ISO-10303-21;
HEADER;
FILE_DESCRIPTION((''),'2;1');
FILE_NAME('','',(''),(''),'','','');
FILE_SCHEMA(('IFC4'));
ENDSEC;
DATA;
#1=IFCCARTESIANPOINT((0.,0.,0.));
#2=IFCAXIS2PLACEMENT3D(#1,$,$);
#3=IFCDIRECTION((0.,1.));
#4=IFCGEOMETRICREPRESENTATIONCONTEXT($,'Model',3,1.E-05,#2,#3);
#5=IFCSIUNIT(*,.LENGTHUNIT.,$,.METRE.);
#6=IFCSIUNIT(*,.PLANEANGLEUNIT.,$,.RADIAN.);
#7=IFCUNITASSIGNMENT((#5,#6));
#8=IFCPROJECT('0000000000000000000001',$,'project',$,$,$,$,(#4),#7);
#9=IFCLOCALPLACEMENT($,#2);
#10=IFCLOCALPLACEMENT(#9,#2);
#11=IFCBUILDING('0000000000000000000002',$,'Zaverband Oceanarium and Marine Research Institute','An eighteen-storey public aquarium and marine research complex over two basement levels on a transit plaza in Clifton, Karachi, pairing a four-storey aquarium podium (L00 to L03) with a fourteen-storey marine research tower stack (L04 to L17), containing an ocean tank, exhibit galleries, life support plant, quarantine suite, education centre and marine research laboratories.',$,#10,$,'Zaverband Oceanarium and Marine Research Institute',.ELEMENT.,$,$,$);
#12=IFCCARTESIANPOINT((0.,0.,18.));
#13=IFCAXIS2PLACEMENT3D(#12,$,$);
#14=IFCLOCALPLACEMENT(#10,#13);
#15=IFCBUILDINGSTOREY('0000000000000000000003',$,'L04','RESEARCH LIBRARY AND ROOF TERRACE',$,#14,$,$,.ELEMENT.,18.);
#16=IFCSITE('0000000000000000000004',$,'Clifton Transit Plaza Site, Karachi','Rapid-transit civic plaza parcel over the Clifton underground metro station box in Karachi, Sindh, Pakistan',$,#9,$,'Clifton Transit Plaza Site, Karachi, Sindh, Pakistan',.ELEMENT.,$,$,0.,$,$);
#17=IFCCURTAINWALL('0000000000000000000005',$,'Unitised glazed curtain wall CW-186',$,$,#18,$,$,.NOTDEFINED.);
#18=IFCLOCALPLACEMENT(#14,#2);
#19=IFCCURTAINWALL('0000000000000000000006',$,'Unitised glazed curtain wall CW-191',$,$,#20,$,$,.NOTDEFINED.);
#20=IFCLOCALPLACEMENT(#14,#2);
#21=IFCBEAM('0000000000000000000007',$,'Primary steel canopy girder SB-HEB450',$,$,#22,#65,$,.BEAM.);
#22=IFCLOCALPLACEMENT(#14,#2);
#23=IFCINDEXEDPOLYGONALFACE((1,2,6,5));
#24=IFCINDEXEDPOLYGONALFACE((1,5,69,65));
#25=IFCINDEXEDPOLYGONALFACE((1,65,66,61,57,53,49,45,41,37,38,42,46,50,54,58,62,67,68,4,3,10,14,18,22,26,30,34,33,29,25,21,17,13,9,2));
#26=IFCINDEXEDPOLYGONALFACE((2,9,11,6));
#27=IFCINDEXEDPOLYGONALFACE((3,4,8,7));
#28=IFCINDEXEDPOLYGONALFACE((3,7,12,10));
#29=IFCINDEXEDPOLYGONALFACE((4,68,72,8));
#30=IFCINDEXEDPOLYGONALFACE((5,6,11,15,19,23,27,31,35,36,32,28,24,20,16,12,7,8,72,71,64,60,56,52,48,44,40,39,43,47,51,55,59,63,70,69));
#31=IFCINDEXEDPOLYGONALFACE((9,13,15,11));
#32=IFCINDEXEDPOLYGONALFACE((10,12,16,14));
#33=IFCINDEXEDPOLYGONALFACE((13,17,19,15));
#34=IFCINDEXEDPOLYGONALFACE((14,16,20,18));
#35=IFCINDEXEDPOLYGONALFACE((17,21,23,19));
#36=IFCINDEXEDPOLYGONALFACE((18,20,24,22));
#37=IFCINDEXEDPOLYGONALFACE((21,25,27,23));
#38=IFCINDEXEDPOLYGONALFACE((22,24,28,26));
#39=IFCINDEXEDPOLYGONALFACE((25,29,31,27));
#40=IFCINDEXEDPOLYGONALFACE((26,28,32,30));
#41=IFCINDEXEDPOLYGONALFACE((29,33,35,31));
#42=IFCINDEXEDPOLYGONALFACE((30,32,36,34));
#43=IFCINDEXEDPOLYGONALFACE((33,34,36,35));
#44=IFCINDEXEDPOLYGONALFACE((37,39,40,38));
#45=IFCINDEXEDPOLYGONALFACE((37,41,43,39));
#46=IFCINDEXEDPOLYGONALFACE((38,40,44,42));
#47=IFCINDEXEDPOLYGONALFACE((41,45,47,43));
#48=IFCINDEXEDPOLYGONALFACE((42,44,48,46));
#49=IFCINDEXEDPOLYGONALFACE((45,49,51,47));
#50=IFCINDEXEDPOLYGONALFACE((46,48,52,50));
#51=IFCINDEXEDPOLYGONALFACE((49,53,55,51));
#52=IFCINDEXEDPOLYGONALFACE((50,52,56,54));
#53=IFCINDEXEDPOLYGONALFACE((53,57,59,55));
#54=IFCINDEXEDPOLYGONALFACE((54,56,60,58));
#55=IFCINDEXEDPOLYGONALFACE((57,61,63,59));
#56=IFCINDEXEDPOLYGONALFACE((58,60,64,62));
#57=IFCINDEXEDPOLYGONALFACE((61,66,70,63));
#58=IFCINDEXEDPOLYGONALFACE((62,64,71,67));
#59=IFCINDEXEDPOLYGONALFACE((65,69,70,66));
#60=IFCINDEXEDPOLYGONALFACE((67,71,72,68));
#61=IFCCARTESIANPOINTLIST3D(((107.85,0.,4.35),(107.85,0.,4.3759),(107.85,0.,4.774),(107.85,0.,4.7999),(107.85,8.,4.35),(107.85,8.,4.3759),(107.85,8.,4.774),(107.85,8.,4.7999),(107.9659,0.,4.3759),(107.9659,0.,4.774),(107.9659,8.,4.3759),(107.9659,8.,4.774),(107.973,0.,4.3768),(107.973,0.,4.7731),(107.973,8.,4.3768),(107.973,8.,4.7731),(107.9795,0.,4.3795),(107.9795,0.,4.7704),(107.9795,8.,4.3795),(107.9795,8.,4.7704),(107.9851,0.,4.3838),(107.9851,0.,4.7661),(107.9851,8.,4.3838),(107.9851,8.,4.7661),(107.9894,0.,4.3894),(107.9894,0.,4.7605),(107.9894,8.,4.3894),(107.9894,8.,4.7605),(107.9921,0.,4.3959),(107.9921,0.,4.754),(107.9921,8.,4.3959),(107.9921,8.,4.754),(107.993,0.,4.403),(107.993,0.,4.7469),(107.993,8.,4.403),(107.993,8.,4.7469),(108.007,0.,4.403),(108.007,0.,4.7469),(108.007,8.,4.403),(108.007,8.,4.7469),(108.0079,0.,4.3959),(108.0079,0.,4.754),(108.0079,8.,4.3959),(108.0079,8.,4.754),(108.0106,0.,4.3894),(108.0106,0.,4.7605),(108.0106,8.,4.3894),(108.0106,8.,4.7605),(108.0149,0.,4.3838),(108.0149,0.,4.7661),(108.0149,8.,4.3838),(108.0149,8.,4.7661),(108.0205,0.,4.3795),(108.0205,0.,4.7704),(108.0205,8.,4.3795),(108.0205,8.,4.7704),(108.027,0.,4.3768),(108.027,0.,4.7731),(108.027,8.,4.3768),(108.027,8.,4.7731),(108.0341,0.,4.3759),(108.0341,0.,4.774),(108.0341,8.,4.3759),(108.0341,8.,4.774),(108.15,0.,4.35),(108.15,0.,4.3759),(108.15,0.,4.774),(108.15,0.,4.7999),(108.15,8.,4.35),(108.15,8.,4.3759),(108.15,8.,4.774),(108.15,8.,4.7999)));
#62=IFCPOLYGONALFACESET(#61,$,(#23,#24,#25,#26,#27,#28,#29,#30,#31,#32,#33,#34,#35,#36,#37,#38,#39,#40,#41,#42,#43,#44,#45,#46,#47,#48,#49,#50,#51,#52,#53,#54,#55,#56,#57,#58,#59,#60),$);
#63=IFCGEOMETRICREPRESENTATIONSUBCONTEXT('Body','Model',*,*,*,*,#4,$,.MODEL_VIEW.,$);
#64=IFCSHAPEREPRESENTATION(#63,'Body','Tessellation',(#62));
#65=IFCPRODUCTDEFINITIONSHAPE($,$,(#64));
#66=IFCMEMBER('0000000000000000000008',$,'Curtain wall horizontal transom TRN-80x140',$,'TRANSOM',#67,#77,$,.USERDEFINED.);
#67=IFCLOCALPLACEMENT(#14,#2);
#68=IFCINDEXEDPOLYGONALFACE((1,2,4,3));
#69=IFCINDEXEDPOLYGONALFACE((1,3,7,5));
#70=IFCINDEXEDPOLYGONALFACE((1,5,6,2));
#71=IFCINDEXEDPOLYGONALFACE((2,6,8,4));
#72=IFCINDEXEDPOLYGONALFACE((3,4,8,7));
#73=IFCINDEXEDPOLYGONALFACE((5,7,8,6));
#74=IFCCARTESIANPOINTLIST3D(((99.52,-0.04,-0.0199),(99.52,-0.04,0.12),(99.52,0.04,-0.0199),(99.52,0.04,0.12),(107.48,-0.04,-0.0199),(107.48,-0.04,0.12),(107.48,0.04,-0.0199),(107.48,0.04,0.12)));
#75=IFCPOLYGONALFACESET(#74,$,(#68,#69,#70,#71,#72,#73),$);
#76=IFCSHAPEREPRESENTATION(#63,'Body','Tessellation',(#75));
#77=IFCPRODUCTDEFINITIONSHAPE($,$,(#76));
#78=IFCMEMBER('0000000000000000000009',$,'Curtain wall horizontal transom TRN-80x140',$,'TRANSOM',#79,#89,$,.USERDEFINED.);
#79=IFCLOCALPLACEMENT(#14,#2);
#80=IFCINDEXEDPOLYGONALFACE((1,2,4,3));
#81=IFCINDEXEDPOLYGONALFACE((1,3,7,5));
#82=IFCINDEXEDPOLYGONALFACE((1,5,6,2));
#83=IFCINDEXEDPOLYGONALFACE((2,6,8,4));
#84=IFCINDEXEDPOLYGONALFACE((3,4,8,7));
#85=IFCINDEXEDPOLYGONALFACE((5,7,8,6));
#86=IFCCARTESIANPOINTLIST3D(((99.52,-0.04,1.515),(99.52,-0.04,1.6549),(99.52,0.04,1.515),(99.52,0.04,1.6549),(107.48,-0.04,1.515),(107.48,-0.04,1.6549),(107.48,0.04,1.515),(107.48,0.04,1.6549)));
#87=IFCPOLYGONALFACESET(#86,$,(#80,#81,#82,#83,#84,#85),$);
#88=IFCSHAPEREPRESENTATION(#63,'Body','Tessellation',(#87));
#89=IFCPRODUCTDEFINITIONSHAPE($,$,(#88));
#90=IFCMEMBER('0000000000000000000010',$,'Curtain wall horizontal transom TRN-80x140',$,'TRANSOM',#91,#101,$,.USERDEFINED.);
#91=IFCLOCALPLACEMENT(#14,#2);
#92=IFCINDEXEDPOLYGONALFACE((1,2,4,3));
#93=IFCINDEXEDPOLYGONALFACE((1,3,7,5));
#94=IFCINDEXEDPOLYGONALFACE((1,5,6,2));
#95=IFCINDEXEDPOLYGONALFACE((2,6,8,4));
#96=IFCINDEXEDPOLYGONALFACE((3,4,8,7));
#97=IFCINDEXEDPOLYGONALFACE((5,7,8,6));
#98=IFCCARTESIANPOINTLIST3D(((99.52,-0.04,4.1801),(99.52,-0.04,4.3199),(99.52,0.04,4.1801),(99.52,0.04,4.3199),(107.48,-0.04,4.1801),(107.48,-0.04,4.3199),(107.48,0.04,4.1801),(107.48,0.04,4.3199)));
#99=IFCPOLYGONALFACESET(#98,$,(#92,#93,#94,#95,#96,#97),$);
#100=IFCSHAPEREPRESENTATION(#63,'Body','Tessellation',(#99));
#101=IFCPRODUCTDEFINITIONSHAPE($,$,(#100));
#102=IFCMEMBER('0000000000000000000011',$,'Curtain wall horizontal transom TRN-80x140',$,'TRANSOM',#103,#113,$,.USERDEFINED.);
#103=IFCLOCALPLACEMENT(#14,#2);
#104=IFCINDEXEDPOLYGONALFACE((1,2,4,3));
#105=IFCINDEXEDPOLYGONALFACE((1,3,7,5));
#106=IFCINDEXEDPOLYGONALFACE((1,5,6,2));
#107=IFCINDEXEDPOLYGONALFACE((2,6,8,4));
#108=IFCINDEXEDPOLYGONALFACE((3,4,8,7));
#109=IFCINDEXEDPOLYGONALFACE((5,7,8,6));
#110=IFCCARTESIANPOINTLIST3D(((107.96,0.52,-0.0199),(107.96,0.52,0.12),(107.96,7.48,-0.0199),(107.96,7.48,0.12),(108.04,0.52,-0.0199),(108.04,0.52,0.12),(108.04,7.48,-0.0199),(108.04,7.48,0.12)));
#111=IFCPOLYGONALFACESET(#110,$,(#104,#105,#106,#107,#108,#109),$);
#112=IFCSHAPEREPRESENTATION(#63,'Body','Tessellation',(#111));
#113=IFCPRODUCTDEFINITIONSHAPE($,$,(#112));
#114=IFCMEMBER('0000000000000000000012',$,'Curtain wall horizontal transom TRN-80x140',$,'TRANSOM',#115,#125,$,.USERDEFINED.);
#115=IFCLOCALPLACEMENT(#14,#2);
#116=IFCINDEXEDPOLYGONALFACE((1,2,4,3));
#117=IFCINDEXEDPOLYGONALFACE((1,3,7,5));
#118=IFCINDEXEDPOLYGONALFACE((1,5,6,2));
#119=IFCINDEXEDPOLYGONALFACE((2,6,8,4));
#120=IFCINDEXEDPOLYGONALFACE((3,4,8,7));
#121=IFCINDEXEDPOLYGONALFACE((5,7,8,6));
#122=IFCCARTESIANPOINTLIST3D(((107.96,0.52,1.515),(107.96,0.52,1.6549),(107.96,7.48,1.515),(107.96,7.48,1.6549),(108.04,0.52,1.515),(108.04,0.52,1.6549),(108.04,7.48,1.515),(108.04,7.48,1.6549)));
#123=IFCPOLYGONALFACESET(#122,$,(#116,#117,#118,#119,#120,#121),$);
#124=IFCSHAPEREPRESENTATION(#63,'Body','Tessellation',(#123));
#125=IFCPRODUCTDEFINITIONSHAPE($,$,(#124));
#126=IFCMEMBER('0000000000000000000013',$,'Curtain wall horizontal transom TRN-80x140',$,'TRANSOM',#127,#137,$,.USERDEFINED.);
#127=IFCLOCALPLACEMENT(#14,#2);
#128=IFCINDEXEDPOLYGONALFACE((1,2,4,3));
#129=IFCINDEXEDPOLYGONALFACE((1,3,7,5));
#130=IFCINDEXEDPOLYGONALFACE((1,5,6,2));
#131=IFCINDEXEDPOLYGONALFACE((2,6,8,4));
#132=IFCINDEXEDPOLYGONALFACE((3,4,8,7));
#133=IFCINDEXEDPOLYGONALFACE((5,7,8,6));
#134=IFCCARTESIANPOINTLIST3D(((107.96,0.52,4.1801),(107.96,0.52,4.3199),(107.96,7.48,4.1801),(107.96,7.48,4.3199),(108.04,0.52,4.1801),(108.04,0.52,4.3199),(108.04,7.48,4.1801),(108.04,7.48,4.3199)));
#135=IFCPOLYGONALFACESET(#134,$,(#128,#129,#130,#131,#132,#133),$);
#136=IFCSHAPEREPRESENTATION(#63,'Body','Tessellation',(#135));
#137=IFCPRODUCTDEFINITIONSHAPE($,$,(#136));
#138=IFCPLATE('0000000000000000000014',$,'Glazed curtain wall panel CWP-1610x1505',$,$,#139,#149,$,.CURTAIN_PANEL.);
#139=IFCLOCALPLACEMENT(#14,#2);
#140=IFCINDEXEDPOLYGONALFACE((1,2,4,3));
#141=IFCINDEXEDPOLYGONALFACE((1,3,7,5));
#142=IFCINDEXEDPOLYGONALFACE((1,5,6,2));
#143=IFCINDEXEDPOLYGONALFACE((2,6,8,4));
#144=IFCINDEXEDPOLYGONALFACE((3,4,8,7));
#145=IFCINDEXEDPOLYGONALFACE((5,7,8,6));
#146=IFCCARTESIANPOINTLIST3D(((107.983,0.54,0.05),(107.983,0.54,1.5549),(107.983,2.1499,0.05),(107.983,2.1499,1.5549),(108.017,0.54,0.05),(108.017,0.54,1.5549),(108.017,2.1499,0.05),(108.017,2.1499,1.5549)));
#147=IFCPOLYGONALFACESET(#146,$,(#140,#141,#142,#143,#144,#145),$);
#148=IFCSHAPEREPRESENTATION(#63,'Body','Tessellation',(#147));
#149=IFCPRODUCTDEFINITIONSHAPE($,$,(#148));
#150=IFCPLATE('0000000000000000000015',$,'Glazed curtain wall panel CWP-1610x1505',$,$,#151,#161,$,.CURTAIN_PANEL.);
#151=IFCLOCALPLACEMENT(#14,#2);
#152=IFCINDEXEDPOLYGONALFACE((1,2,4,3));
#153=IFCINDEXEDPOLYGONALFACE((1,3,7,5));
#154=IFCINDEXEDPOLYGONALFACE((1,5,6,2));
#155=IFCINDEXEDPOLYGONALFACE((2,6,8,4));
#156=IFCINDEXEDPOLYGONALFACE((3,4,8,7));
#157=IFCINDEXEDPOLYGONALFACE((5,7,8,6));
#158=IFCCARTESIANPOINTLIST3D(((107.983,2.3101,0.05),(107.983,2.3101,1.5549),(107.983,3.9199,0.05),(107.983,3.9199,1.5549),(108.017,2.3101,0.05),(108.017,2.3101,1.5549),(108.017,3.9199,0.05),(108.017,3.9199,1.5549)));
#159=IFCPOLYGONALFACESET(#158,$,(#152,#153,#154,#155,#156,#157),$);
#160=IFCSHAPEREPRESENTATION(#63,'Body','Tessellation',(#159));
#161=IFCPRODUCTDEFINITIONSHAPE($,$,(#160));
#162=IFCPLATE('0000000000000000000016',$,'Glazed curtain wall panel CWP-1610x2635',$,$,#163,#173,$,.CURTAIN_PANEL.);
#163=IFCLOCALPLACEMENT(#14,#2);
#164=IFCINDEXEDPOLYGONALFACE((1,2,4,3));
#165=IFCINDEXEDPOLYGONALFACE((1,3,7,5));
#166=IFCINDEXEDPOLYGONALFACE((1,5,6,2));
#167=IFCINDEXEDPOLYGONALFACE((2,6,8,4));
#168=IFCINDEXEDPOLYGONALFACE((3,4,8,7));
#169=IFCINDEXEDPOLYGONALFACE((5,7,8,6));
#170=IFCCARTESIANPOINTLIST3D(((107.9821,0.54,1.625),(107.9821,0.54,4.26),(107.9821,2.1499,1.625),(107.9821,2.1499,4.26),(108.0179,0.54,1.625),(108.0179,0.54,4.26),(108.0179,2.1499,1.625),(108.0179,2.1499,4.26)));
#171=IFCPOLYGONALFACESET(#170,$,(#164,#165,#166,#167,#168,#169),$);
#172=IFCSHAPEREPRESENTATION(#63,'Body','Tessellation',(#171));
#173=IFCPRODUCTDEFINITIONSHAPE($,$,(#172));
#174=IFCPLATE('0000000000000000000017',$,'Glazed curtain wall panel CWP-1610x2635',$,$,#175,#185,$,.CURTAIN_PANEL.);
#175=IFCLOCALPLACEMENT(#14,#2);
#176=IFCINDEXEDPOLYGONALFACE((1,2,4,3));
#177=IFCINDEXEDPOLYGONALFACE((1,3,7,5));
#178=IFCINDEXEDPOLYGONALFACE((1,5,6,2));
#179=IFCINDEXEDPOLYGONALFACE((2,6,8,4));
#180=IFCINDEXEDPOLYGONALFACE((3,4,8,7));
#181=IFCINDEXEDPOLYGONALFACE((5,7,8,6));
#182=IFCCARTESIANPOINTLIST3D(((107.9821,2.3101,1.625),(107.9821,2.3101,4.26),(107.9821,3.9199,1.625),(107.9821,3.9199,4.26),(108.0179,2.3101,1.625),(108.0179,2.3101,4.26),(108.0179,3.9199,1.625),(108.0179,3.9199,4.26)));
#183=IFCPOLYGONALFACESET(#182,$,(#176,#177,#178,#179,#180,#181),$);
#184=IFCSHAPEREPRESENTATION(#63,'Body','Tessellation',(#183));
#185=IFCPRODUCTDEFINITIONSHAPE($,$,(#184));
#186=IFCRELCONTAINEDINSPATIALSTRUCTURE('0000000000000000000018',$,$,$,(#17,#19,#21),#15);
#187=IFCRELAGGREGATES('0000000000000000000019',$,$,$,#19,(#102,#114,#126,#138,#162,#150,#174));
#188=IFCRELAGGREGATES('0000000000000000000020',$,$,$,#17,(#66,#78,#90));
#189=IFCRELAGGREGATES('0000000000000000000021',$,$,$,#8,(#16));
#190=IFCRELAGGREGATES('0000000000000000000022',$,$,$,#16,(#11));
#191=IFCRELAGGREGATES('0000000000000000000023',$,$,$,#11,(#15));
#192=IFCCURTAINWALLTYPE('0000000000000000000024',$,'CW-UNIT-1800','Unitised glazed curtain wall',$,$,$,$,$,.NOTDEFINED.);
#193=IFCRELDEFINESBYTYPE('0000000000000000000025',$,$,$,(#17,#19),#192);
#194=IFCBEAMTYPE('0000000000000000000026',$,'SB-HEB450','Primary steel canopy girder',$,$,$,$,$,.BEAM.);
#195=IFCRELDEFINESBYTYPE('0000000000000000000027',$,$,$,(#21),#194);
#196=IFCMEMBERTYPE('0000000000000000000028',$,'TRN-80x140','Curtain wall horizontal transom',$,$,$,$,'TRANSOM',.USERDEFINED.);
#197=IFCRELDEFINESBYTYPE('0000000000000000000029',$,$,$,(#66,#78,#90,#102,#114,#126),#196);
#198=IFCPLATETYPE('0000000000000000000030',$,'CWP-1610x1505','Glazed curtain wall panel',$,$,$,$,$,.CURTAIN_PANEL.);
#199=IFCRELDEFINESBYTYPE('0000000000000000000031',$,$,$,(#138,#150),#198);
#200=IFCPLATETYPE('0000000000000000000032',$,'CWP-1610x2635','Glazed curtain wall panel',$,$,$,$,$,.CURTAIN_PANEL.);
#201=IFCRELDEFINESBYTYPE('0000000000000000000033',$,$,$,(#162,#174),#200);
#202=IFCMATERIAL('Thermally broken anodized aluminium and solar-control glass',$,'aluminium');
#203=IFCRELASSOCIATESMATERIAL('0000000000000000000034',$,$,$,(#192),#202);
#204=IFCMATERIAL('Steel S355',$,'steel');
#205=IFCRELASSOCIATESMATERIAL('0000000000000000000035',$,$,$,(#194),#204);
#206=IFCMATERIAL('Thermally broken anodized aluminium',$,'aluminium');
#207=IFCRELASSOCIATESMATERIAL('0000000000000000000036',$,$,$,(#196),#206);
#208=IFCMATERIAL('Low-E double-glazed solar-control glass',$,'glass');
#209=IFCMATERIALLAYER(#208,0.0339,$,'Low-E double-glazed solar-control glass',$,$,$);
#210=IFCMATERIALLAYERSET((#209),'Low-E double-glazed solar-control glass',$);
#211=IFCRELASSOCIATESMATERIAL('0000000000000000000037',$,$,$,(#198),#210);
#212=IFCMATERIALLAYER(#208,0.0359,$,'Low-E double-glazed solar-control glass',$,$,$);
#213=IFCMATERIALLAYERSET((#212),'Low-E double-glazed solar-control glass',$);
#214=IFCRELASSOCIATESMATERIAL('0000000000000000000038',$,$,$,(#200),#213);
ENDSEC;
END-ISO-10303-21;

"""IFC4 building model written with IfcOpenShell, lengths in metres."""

from ifc_helpers import new_model, si_unit, direction, frame, frame_2d, origin, origin_2d, place, context, subcontext, project, spatial, rectangle, i_section, extrude, material, layer, layer_set, material_profile, profile_set, type_object, element, aggregate, save


model = new_model("IFC4")

# Units and contexts
model_context = context("Model", 3, precision=1e-05, world=origin(), true_north=direction((0.0, 1.0)))
body_context = subcontext(model_context, "Body", "Model", "MODEL_VIEW")
ifc_project = project(units=[si_unit("LENGTHUNIT", "METRE"), si_unit("PLANEANGLEUNIT", "RADIAN")], contexts=[model_context])

# Site, building, storey
site_placement = place(None, origin())
site = spatial("IfcSite", under=ifc_project, at=site_placement, Name="Clifton Transit Plaza Site, Karachi", Description="Rapid-transit civic plaza parcel over the Clifton underground metro station box in Karachi, Sindh, Pakistan", LongName="Clifton Transit Plaza Site, Karachi, Sindh, Pakistan", CompositionType="ELEMENT", RefElevation=0.0)
building_placement = place(site_placement, origin())
building = spatial("IfcBuilding", under=site, at=building_placement, Name="Zaverband Oceanarium and Marine Research Institute", Description="An eighteen-storey public aquarium and marine research complex over two basement levels on a transit plaza in Clifton, Karachi, pairing a four-storey aquarium podium (L00 to L03) with a fourteen-storey marine research tower stack (L04 to L17), containing an ocean tank, exhibit galleries, life support plant, quarantine suite, education centre and marine research laboratories.", LongName="Zaverband Oceanarium and Marine Research Institute", CompositionType="ELEMENT")
storey_placement = place(building_placement, frame((0.0, 0.0, 18.0)))
storey = spatial("IfcBuildingStorey", under=building, at=storey_placement, Name="L04", Description="RESEARCH LIBRARY AND ROOF TERRACE", CompositionType="ELEMENT", Elevation=18.0)

# Curtain walls
ifc_material_1 = material(Name="Thermally broken anodized aluminium and solar-control glass", Category="aluminium")
curtain_wall_type = type_object("IfcCurtainWallType", Name="CW-UNIT-1800", Description="Unitised glazed curtain wall", PredefinedType="NOTDEFINED", material=ifc_material_1)
curtain_wall_1_placement = place(storey_placement, origin())
curtain_wall_1 = element("IfcCurtainWall", 1, at=curtain_wall_1_placement, inside=storey, type_object=curtain_wall_type, Name="Unitised glazed curtain wall CW-186", PredefinedType="NOTDEFINED")
ifc_material_2 = material(Name="Thermally broken anodized aluminium", Category="aluminium")
curtain_wall_2_placement = place(storey_placement, origin())
curtain_wall_2 = element("IfcCurtainWall", 2, at=curtain_wall_2_placement, inside=storey, type_object=curtain_wall_type, Name="Unitised glazed curtain wall CW-191", PredefinedType="NOTDEFINED")

# Beam
ifc_material_3 = material(Name="Steel S355", Category="steel")
ifc_material_profile_1 = material_profile(ifc_material_3, i_section(OverallWidth=0.3, OverallDepth=0.45, WebThickness=0.0139, FlangeThickness=0.0259, FilletRadius=0.0271, at=origin_2d()), Name="HEB450")
ifc_profile_set_1 = profile_set([ifc_material_profile_1], Name="Steel S355")
beam_type_1 = type_object("IfcBeamType", Name="SB-HEB450", Description="Primary steel canopy girder", PredefinedType="BEAM", material=ifc_profile_set_1)
beam_1_placement = place(storey_placement, frame((108.0, 0.0, 4.575), z_axis=(0.0, 1.0, 0.0), x_axis=(-1.0, 0.0, 0.0)))
element("IfcBeam", 3, at=beam_1_placement, inside=storey, type_object=beam_type_1, Name="Primary steel canopy girder SB-HEB450", PredefinedType="BEAM", context=body_context, shape_type="SweptSolid", body=[
    extrude(i_section(OverallWidth=0.3, OverallDepth=0.45, WebThickness=0.0139, FlangeThickness=0.0259, FilletRadius=0.0271, at=origin_2d()), origin(), (0.0, 0.0, 1.0), 8.0),
])

# Members
ifc_material_profile_2 = material_profile(ifc_material_2, rectangle(XDim=0.0801, YDim=0.1399, at=origin_2d()), Name="AL-TRN-80x140")
ifc_profile_set_2 = profile_set([ifc_material_profile_2], Name="Thermally broken anodized aluminium")
member_type_1 = type_object("IfcMemberType", Name="TRN-80x140", Description="Curtain wall horizontal transom", ElementType="TRANSOM", PredefinedType="USERDEFINED", material=ifc_profile_set_2)
member_1_placement = place(storey_placement, frame((99.52, 0.0, 0.05), z_axis=(1.0, 0.0, 0.0), x_axis=(0.0, 1.0, 0.0)))
member_1 = element("IfcMember", 4, at=member_1_placement, type_object=member_type_1, Name="Curtain wall horizontal transom TRN-80x140", ObjectType="TRANSOM", PredefinedType="USERDEFINED", context=body_context, shape_type="SweptSolid", body=[
    extrude(rectangle(XDim=0.0801, YDim=0.1399, at=origin_2d()), origin(), (0.0, 0.0, 1.0), 7.96),
])
member_2_placement = place(storey_placement, frame((99.52, 0.0, 1.585), z_axis=(1.0, 0.0, 0.0), x_axis=(0.0, 1.0, 0.0)))
member_2 = element("IfcMember", 5, at=member_2_placement, type_object=member_type_1, Name="Curtain wall horizontal transom TRN-80x140", ObjectType="TRANSOM", PredefinedType="USERDEFINED", context=body_context, shape_type="SweptSolid", body=[
    extrude(rectangle(XDim=0.0801, YDim=0.1399, at=origin_2d()), origin(), (0.0, 0.0, 1.0), 7.96),
])
member_3_placement = place(storey_placement, frame((99.52, 0.0, 4.25), z_axis=(1.0, 0.0, 0.0), x_axis=(0.0, 1.0, 0.0)))
member_3 = element("IfcMember", 6, at=member_3_placement, type_object=member_type_1, Name="Curtain wall horizontal transom TRN-80x140", ObjectType="TRANSOM", PredefinedType="USERDEFINED", context=body_context, shape_type="SweptSolid", body=[
    extrude(rectangle(XDim=0.0801, YDim=0.1399, at=origin_2d()), origin(), (0.0, 0.0, 1.0), 7.96),
])
member_4_placement = place(storey_placement, frame((108.0, 0.52, 0.05), z_axis=(0.0, 1.0, 0.0), x_axis=(-1.0, 0.0, 0.0)))
member_4 = element("IfcMember", 7, at=member_4_placement, type_object=member_type_1, Name="Curtain wall horizontal transom TRN-80x140", ObjectType="TRANSOM", PredefinedType="USERDEFINED", context=body_context, shape_type="SweptSolid", body=[
    extrude(rectangle(XDim=0.0801, YDim=0.1399, at=origin_2d()), origin(), (0.0, 0.0, 1.0), 6.96),
])
member_5_placement = place(storey_placement, frame((108.0, 0.52, 1.585), z_axis=(0.0, 1.0, 0.0), x_axis=(-1.0, 0.0, 0.0)))
member_5 = element("IfcMember", 8, at=member_5_placement, type_object=member_type_1, Name="Curtain wall horizontal transom TRN-80x140", ObjectType="TRANSOM", PredefinedType="USERDEFINED", context=body_context, shape_type="SweptSolid", body=[
    extrude(rectangle(XDim=0.0801, YDim=0.1399, at=origin_2d()), origin(), (0.0, 0.0, 1.0), 6.96),
])
member_6_placement = place(storey_placement, frame((108.0, 0.52, 4.25), z_axis=(0.0, 1.0, 0.0), x_axis=(-1.0, 0.0, 0.0)))
member_6 = element("IfcMember", 9, at=member_6_placement, type_object=member_type_1, Name="Curtain wall horizontal transom TRN-80x140", ObjectType="TRANSOM", PredefinedType="USERDEFINED", context=body_context, shape_type="SweptSolid", body=[
    extrude(rectangle(XDim=0.0801, YDim=0.1399, at=origin_2d()), origin(), (0.0, 0.0, 1.0), 6.96),
])

# Plates
ifc_material_4 = material(Name="Low-E double-glazed solar-control glass", Category="glass")
ifc_layer_1 = layer(ifc_material_4, 0.0339, Name="Low-E double-glazed solar-control glass")
ifc_layer_set_1 = layer_set([ifc_layer_1], Name="Low-E double-glazed solar-control glass")
plate_type_1 = type_object("IfcPlateType", Name="CWP-1610x1505", Description="Glazed curtain wall panel", PredefinedType="CURTAIN_PANEL", material=ifc_layer_set_1)
plate_1_placement = place(storey_placement, frame((108.0, 0.54, 0.05), z_axis=(0.0, 0.0, 1.0), x_axis=(0.0, 1.0, 0.0)))
plate_1 = element("IfcPlate", 10, at=plate_1_placement, type_object=plate_type_1, Name="Glazed curtain wall panel CWP-1610x1505", PredefinedType="CURTAIN_PANEL", context=body_context, shape_type="SweptSolid", body=[
    extrude(rectangle(XDim=1.6099, YDim=0.0339, at=frame_2d((0.8049, 0.0))), origin(), (0.0, 0.0, 1.0), 1.5049),
])
plate_2_placement = place(storey_placement, frame((108.0, 2.3101, 0.05), z_axis=(0.0, 0.0, 1.0), x_axis=(0.0, 1.0, 0.0)))
plate_2 = element("IfcPlate", 11, at=plate_2_placement, type_object=plate_type_1, Name="Glazed curtain wall panel CWP-1610x1505", PredefinedType="CURTAIN_PANEL", context=body_context, shape_type="SweptSolid", body=[
    extrude(rectangle(XDim=1.6099, YDim=0.0339, at=frame_2d((0.8049, 0.0))), origin(), (0.0, 0.0, 1.0), 1.5049),
])
ifc_layer_2 = layer(ifc_material_4, 0.0359, Name="Low-E double-glazed solar-control glass")
ifc_layer_set_2 = layer_set([ifc_layer_2], Name="Low-E double-glazed solar-control glass")
plate_type_2 = type_object("IfcPlateType", Name="CWP-1610x2635", Description="Glazed curtain wall panel", PredefinedType="CURTAIN_PANEL", material=ifc_layer_set_2)
plate_3_placement = place(storey_placement, frame((108.0, 0.54, 1.625), z_axis=(0.0, 0.0, 1.0), x_axis=(0.0, 1.0, 0.0)))
plate_3 = element("IfcPlate", 12, at=plate_3_placement, type_object=plate_type_2, Name="Glazed curtain wall panel CWP-1610x2635", PredefinedType="CURTAIN_PANEL", context=body_context, shape_type="SweptSolid", body=[
    extrude(rectangle(XDim=1.6099, YDim=0.0359, at=frame_2d((0.8049, 0.0))), origin(), (0.0, 0.0, 1.0), 2.635),
])
plate_4_placement = place(storey_placement, frame((108.0, 2.3101, 1.625), z_axis=(0.0, 0.0, 1.0), x_axis=(0.0, 1.0, 0.0)))
plate_4 = element("IfcPlate", 13, at=plate_4_placement, type_object=plate_type_2, Name="Glazed curtain wall panel CWP-1610x2635", PredefinedType="CURTAIN_PANEL", context=body_context, shape_type="SweptSolid", body=[
    extrude(rectangle(XDim=1.6099, YDim=0.0359, at=frame_2d((0.8049, 0.0))), origin(), (0.0, 0.0, 1.0), 2.635),
])
aggregate(curtain_wall_2, [member_4, member_5, member_6, plate_1, plate_3, plate_2, plate_4])
aggregate(curtain_wall_1, [member_1, member_2, member_3])

save(model, "model.ifc")
